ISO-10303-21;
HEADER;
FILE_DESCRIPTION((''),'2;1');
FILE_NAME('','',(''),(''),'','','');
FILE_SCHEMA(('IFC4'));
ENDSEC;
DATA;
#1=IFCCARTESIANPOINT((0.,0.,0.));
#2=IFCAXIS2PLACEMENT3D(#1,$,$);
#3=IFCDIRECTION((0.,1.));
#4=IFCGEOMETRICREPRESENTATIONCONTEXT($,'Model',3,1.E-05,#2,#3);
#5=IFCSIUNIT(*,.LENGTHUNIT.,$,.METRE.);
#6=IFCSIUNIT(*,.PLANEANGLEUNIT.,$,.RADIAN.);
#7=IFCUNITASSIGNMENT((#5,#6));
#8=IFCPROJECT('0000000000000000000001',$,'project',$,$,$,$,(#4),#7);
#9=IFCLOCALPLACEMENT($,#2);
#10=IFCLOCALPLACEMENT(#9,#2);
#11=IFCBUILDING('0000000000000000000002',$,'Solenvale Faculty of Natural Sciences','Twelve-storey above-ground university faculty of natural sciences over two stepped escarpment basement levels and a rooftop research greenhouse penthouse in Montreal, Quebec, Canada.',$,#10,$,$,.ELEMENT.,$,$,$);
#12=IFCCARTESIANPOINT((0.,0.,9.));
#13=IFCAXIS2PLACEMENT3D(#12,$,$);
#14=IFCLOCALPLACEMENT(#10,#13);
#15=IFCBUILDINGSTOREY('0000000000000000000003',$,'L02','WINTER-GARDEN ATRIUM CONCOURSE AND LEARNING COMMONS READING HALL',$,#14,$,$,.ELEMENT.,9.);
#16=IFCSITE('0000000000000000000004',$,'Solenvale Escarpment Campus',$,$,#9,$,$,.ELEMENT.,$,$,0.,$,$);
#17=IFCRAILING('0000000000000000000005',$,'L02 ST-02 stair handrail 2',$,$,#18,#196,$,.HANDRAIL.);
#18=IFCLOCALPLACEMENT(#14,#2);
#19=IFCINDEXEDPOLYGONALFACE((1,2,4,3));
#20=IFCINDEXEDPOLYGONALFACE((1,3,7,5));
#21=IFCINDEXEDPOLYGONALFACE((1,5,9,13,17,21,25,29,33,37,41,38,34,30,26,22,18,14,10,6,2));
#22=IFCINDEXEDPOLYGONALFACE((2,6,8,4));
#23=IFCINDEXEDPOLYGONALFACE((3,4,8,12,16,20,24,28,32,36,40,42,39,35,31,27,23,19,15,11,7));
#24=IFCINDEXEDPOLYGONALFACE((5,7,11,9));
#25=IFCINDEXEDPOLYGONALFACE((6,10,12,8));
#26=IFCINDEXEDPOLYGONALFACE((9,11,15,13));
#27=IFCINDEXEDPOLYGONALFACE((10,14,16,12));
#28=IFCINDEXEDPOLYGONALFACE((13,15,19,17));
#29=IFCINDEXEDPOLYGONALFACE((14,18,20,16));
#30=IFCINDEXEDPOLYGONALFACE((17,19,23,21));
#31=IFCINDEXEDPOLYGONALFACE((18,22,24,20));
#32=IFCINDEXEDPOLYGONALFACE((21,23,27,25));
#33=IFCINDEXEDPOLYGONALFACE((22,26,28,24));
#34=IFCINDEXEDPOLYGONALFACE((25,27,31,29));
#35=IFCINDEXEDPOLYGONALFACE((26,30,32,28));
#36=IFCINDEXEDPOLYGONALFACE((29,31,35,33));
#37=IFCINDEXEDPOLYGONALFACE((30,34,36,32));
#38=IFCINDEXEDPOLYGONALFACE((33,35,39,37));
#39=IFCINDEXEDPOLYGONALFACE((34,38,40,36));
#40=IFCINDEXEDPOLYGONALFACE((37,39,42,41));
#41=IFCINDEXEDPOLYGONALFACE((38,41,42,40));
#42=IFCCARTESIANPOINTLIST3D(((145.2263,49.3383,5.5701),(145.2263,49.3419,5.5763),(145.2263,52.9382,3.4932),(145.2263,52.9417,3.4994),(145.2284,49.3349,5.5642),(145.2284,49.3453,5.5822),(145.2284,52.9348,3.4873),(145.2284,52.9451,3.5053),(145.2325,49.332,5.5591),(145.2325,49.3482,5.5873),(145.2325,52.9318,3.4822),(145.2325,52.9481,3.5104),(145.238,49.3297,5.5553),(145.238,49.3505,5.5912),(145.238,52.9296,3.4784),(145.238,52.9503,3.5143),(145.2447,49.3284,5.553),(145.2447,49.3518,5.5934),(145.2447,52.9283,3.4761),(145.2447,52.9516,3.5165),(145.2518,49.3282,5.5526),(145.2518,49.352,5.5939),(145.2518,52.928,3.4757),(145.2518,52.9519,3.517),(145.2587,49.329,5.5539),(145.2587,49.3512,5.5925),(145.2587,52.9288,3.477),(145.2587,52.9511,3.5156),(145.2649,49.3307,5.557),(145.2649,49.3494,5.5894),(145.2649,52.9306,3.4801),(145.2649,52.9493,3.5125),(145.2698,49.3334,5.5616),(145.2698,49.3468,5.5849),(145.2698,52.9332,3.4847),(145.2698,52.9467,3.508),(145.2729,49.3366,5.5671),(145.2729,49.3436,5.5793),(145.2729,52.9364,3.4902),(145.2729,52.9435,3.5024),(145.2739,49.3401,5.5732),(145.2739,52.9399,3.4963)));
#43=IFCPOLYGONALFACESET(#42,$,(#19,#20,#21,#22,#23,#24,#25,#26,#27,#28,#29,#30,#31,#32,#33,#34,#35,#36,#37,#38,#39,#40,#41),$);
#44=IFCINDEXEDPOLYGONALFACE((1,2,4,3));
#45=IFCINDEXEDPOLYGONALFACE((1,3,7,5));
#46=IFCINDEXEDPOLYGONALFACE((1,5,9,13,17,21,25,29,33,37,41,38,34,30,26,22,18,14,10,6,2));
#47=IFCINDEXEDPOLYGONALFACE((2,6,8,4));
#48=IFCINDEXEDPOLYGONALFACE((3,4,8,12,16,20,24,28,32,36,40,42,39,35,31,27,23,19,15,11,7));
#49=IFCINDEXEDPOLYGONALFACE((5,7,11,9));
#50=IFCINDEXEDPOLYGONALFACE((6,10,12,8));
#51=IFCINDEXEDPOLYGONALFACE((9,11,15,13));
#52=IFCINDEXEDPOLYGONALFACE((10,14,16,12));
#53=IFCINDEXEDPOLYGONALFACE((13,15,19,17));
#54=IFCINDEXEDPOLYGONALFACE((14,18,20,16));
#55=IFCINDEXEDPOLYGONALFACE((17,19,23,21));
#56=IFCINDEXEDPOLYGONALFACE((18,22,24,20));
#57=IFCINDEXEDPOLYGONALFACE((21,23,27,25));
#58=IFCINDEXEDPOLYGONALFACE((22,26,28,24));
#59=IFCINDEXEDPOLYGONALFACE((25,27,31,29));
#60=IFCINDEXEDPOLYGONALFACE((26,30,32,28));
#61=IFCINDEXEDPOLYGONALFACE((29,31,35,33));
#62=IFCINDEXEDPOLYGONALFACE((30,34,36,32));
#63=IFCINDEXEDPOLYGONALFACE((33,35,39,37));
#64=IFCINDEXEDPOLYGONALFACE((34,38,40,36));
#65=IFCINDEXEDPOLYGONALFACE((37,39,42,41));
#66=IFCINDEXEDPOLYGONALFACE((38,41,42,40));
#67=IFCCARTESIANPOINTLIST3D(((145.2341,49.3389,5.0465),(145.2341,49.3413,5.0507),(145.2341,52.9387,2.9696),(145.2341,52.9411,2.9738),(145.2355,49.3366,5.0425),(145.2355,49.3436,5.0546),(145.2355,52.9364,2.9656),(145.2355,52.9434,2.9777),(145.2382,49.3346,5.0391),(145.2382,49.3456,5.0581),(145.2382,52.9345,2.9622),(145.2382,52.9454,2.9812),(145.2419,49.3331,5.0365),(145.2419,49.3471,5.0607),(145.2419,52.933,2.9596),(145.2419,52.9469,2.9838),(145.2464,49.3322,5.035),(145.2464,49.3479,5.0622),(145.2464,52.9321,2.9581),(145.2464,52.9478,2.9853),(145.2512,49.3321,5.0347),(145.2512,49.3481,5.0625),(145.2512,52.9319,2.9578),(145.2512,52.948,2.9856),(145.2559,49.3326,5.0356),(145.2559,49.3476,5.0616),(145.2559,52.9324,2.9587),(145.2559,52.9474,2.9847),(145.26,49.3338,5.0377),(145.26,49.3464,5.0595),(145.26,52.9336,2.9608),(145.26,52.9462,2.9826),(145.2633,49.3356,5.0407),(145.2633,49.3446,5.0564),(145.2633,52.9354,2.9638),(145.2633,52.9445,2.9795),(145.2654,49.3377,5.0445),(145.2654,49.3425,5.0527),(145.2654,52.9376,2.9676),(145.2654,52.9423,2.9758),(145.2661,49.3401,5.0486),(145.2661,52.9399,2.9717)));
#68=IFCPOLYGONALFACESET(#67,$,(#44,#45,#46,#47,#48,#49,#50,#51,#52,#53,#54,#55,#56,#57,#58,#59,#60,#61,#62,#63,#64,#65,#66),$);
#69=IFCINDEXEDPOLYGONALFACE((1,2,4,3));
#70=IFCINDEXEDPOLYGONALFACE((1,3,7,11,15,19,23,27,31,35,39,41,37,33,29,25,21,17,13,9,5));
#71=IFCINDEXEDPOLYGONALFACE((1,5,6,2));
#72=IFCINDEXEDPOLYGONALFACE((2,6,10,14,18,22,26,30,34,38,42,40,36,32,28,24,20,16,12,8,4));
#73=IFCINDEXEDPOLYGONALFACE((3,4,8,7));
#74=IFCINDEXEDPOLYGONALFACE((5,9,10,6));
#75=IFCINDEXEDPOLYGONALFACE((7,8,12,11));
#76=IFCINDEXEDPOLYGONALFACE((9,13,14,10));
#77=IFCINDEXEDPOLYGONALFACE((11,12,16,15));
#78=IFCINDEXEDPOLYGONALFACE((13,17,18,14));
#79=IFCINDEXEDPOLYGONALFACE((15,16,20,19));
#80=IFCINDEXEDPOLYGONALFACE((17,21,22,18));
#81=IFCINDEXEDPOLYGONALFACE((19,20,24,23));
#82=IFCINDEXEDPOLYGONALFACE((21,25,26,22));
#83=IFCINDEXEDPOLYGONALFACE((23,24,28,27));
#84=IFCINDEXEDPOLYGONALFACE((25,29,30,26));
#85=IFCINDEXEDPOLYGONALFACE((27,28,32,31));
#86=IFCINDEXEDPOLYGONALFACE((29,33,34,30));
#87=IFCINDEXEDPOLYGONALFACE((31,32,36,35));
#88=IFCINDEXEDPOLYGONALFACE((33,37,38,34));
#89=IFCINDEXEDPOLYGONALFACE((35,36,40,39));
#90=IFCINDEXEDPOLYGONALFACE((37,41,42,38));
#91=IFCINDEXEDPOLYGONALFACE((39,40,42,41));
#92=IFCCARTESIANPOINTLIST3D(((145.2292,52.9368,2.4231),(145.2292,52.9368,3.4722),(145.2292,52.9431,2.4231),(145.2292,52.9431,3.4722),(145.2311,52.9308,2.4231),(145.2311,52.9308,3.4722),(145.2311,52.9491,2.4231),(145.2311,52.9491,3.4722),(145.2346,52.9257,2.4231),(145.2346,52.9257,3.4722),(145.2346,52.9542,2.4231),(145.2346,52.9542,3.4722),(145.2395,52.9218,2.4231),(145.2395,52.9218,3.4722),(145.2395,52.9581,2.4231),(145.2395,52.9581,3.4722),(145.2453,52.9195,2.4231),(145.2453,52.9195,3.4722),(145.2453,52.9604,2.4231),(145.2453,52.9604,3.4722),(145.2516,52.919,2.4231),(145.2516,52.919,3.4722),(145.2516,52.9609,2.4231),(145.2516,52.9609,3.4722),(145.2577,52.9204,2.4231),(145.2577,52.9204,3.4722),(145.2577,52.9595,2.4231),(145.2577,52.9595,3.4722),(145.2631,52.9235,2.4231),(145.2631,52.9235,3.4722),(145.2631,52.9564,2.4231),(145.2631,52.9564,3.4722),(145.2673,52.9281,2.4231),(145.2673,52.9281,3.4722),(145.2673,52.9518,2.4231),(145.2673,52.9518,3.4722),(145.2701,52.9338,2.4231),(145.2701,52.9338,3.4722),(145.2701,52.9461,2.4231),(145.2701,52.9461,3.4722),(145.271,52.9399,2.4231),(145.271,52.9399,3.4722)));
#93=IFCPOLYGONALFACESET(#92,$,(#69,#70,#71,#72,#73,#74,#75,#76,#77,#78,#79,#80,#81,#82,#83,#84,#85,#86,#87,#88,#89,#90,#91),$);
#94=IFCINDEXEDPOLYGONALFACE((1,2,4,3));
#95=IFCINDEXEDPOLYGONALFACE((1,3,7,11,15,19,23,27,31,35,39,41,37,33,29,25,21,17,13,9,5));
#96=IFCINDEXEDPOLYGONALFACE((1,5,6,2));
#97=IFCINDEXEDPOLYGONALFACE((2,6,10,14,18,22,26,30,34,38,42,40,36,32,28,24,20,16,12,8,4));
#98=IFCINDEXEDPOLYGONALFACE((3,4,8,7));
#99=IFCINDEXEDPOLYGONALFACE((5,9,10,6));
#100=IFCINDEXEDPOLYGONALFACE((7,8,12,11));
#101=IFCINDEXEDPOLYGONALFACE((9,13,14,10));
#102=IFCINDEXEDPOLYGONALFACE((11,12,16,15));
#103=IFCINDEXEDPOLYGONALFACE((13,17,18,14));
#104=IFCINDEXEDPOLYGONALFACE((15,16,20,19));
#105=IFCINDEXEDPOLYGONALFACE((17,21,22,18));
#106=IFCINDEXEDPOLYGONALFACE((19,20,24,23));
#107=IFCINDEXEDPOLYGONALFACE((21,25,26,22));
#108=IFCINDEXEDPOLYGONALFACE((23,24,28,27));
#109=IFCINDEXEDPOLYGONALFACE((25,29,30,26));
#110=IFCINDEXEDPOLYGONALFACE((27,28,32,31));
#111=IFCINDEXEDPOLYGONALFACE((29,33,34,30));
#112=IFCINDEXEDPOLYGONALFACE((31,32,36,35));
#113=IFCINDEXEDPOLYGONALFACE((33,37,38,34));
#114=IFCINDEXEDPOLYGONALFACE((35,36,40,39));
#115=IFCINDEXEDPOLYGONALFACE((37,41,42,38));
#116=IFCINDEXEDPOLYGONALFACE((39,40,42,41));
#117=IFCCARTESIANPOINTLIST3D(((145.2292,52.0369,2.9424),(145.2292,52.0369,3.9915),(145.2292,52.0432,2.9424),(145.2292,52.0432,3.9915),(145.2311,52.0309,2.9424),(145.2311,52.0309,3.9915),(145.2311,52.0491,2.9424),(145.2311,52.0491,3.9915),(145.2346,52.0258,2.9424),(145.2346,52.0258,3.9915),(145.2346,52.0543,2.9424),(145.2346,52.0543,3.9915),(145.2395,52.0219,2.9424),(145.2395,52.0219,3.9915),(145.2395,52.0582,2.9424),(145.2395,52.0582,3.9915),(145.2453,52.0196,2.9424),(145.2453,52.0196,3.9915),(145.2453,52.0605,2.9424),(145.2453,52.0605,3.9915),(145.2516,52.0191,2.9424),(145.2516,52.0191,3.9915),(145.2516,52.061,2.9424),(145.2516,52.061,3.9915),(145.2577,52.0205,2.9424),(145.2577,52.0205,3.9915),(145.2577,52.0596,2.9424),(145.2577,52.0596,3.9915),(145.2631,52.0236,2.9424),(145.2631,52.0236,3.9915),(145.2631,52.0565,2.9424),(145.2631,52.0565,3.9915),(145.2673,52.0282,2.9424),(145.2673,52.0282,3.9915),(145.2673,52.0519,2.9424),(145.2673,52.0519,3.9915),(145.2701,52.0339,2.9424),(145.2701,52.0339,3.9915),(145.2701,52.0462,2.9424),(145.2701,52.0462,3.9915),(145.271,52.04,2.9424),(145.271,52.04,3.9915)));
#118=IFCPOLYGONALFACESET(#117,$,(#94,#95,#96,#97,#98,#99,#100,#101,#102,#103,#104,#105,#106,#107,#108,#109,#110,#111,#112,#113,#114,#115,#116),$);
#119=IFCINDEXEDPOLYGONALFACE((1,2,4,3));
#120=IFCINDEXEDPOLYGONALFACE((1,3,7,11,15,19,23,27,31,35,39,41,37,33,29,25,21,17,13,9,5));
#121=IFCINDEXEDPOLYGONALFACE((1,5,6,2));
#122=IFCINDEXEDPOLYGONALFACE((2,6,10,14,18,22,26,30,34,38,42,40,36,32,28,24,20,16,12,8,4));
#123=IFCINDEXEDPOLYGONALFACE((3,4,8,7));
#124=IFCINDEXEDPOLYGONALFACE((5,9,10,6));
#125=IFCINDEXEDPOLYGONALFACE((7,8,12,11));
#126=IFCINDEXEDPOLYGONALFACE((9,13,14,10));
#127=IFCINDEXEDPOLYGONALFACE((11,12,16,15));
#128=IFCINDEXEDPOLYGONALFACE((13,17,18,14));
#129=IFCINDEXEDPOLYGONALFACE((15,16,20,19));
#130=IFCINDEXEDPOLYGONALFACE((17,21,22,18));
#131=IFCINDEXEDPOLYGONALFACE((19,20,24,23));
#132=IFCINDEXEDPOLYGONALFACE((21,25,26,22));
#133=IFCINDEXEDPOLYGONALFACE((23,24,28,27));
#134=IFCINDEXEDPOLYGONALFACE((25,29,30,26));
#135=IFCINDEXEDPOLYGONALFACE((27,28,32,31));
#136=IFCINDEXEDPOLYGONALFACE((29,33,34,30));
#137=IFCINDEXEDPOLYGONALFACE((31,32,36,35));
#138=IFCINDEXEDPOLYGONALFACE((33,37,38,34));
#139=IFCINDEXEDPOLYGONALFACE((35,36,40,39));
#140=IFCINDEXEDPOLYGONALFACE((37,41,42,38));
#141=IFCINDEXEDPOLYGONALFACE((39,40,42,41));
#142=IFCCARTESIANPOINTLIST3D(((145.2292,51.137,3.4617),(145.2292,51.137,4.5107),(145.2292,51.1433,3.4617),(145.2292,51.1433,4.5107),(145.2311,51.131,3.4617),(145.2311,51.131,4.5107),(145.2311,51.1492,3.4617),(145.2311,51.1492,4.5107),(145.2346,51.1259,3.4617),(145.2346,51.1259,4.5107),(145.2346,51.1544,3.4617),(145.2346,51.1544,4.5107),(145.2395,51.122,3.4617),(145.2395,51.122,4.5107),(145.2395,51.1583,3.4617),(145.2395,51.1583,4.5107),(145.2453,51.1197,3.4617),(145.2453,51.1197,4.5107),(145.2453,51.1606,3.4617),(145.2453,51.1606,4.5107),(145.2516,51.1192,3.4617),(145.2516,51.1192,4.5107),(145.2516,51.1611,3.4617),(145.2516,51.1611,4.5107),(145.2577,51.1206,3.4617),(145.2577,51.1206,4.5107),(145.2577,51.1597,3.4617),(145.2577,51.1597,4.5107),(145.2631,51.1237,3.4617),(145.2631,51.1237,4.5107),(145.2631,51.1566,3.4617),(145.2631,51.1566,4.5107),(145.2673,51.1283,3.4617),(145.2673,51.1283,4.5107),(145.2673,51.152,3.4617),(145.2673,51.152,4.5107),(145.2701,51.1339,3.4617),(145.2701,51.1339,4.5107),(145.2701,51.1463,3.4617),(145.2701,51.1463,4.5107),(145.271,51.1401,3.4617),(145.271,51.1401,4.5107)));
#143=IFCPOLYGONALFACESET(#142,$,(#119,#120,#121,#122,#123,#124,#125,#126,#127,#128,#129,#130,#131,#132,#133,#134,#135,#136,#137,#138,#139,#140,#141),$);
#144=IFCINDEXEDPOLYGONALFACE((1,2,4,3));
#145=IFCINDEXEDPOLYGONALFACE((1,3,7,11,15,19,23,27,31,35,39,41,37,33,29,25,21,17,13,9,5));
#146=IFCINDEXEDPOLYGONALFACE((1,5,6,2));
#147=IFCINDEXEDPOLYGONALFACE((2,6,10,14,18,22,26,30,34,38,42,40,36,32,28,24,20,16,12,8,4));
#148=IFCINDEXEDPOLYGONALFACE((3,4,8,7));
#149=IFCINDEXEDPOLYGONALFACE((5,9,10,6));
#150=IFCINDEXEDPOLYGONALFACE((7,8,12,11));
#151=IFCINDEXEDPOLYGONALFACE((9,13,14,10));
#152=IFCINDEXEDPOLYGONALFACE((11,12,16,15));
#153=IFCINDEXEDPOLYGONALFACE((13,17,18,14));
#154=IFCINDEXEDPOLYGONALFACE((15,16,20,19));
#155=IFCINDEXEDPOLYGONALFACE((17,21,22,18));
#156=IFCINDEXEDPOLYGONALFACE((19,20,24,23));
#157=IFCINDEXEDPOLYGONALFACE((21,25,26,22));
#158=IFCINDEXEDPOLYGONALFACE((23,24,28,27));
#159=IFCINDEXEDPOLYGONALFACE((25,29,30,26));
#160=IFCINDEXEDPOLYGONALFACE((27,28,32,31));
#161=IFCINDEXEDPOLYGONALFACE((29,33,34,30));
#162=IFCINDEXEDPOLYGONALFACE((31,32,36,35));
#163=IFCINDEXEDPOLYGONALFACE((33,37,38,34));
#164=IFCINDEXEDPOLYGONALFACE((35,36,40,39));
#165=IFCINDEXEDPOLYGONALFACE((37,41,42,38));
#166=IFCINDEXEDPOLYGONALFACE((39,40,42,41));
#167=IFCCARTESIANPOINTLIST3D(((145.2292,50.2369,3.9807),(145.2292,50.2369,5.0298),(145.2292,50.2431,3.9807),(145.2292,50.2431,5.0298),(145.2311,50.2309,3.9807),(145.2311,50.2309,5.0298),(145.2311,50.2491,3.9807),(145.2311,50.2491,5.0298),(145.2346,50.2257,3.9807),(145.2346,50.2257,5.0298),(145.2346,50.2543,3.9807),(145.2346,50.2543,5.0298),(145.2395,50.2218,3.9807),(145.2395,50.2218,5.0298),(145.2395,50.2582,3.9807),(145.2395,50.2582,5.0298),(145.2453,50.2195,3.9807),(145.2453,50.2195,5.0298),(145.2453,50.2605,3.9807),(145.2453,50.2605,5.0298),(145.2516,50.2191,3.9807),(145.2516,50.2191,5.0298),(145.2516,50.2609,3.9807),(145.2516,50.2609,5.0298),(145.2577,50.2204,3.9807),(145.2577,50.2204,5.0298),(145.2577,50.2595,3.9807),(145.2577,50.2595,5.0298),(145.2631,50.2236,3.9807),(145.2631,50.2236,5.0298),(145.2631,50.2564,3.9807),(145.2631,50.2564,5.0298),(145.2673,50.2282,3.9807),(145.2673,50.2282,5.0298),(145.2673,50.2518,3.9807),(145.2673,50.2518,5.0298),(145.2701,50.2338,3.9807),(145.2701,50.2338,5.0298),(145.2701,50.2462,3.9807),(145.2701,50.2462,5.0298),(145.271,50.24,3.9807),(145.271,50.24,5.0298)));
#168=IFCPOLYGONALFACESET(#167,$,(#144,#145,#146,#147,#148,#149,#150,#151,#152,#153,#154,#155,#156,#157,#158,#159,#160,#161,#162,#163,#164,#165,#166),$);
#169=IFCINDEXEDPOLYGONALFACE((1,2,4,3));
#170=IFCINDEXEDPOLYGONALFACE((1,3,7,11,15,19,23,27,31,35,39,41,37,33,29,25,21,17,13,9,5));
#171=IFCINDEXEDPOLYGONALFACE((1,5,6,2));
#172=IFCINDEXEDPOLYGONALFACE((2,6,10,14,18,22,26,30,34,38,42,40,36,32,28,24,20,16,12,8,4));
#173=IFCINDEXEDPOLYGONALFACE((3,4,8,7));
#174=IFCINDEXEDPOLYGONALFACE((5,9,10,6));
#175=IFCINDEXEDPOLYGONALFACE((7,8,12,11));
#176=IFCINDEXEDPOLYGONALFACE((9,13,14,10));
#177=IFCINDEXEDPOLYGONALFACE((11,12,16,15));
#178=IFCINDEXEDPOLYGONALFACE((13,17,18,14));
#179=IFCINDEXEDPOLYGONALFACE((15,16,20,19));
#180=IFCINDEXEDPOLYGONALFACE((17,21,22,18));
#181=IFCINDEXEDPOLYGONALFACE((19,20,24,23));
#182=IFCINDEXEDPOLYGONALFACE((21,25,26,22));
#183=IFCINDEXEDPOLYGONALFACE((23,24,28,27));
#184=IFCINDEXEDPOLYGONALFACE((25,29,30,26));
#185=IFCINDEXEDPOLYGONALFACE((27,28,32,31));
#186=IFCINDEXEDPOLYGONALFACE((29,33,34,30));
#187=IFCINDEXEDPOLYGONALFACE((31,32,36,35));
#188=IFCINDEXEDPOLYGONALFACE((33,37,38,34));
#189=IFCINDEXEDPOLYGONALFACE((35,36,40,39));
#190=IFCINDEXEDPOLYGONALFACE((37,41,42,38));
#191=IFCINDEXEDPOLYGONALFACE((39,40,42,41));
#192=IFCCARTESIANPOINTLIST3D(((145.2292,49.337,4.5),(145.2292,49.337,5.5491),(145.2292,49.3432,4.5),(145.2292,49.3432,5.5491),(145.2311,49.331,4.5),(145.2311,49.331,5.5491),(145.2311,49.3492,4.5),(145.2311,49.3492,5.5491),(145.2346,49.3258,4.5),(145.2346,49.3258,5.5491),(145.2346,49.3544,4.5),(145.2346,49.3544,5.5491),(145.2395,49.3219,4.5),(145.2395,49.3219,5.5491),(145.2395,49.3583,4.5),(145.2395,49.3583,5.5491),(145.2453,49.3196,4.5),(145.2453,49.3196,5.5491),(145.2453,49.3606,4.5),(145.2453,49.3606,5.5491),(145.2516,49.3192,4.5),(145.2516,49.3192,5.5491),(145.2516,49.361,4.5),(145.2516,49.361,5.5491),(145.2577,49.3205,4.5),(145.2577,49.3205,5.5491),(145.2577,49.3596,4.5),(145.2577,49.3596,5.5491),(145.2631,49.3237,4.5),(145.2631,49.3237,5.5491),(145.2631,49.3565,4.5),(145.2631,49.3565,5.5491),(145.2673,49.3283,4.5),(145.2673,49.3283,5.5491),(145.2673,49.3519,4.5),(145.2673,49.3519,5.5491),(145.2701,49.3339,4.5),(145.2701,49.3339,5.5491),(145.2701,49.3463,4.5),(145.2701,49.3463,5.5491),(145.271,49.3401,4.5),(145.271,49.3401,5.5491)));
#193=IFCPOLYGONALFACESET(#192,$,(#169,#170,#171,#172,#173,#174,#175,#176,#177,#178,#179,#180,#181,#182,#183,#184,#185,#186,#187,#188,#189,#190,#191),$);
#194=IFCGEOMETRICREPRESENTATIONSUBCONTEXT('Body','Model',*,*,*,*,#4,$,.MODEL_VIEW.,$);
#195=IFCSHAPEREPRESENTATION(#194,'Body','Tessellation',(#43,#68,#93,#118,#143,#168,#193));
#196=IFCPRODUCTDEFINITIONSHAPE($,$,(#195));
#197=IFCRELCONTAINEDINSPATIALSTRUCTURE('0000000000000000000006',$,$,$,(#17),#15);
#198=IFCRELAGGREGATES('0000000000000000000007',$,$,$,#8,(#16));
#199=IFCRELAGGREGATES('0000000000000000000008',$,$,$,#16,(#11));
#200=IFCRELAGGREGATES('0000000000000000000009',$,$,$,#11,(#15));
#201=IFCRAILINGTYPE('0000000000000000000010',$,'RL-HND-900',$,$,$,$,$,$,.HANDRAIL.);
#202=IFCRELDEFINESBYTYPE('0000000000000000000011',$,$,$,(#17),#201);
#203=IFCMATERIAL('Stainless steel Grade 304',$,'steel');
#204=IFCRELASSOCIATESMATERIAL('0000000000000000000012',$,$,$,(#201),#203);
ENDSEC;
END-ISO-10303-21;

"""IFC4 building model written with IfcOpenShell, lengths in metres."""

from ifc_helpers import new_model, si_unit, direction, frame, origin, origin_2d, place, context, subcontext, project, spatial, circle, extrude, material, type_object, element, save


model = new_model("IFC4")

# Units and contexts
model_context = context("Model", 3, precision=1e-05, world=origin(), true_north=direction((0.0, 1.0)))
body_context = subcontext(model_context, "Body", "Model", "MODEL_VIEW")
ifc_project = project(units=[si_unit("LENGTHUNIT", "METRE"), si_unit("PLANEANGLEUNIT", "RADIAN")], contexts=[model_context])

# Site, building, storey
site_placement = place(None, origin())
site = spatial("IfcSite", under=ifc_project, at=site_placement, Name="Solenvale Escarpment Campus", CompositionType="ELEMENT", RefElevation=0.0)
building_placement = place(site_placement, origin())
building = spatial("IfcBuilding", under=site, at=building_placement, Name="Solenvale Faculty of Natural Sciences", Description="Twelve-storey above-ground university faculty of natural sciences over two stepped escarpment basement levels and a rooftop research greenhouse penthouse in Montreal, Quebec, Canada.", CompositionType="ELEMENT")
storey_placement = place(building_placement, frame((0.0, 0.0, 9.0)))
storey = spatial("IfcBuildingStorey", under=building, at=storey_placement, Name="L02", Description="WINTER-GARDEN ATRIUM CONCOURSE AND LEARNING COMMONS READING HALL", CompositionType="ELEMENT", Elevation=9.0)

# Shared definitions
ifc_material_1 = material(Name="Stainless steel Grade 304", Category="steel")

# Railing
railing_type_1 = type_object("IfcRailingType", Name="RL-HND-900", PredefinedType="HANDRAIL", material=ifc_material_1)
railing_1_placement = place(storey_placement, frame((145.25, 52.9399, 2.4231)))
element("IfcRailing", 1, at=railing_1_placement, inside=storey, type_object=railing_type_1, Name="L02 ST-02 stair handrail 2", PredefinedType="HANDRAIL", context=body_context, shape_type="SweptSolid", body=[
    extrude(circle(Radius=0.0239, at=origin_2d()), frame((0.0, 0.0, 1.0732), z_axis=(0.0, -0.866179, 0.499734), x_axis=(1.0, 0.0, 0.0)), (0.0, 0.0, 1.0), 4.156),
    extrude(circle(Radius=0.0161, at=origin_2d()), frame((0.0, 0.0, 0.5486), z_axis=(0.0, -0.866179, 0.499734), x_axis=(1.0, 0.0, 0.0)), (0.0, 0.0, 1.0), 4.156),
    extrude(circle(Radius=0.021, at=origin_2d()), origin(), (0.0, 0.0, 1.0), 1.0491),
    extrude(circle(Radius=0.021, at=origin_2d()), frame((0.0, -0.8999, 0.5193)), (0.0, 0.0, 1.0), 1.0491),
    extrude(circle(Radius=0.021, at=origin_2d()), frame((0.0, -1.7998, 1.0386)), (0.0, 0.0, 1.0), 1.0491),
    extrude(circle(Radius=0.021, at=origin_2d()), frame((0.0, -2.7, 1.5576)), (0.0, 0.0, 1.0), 1.0491),
    extrude(circle(Radius=0.021, at=origin_2d()), frame((0.0, -3.5999, 2.0769)), (0.0, 0.0, 1.0), 1.0491),
])

save(model, "model.ifc")
